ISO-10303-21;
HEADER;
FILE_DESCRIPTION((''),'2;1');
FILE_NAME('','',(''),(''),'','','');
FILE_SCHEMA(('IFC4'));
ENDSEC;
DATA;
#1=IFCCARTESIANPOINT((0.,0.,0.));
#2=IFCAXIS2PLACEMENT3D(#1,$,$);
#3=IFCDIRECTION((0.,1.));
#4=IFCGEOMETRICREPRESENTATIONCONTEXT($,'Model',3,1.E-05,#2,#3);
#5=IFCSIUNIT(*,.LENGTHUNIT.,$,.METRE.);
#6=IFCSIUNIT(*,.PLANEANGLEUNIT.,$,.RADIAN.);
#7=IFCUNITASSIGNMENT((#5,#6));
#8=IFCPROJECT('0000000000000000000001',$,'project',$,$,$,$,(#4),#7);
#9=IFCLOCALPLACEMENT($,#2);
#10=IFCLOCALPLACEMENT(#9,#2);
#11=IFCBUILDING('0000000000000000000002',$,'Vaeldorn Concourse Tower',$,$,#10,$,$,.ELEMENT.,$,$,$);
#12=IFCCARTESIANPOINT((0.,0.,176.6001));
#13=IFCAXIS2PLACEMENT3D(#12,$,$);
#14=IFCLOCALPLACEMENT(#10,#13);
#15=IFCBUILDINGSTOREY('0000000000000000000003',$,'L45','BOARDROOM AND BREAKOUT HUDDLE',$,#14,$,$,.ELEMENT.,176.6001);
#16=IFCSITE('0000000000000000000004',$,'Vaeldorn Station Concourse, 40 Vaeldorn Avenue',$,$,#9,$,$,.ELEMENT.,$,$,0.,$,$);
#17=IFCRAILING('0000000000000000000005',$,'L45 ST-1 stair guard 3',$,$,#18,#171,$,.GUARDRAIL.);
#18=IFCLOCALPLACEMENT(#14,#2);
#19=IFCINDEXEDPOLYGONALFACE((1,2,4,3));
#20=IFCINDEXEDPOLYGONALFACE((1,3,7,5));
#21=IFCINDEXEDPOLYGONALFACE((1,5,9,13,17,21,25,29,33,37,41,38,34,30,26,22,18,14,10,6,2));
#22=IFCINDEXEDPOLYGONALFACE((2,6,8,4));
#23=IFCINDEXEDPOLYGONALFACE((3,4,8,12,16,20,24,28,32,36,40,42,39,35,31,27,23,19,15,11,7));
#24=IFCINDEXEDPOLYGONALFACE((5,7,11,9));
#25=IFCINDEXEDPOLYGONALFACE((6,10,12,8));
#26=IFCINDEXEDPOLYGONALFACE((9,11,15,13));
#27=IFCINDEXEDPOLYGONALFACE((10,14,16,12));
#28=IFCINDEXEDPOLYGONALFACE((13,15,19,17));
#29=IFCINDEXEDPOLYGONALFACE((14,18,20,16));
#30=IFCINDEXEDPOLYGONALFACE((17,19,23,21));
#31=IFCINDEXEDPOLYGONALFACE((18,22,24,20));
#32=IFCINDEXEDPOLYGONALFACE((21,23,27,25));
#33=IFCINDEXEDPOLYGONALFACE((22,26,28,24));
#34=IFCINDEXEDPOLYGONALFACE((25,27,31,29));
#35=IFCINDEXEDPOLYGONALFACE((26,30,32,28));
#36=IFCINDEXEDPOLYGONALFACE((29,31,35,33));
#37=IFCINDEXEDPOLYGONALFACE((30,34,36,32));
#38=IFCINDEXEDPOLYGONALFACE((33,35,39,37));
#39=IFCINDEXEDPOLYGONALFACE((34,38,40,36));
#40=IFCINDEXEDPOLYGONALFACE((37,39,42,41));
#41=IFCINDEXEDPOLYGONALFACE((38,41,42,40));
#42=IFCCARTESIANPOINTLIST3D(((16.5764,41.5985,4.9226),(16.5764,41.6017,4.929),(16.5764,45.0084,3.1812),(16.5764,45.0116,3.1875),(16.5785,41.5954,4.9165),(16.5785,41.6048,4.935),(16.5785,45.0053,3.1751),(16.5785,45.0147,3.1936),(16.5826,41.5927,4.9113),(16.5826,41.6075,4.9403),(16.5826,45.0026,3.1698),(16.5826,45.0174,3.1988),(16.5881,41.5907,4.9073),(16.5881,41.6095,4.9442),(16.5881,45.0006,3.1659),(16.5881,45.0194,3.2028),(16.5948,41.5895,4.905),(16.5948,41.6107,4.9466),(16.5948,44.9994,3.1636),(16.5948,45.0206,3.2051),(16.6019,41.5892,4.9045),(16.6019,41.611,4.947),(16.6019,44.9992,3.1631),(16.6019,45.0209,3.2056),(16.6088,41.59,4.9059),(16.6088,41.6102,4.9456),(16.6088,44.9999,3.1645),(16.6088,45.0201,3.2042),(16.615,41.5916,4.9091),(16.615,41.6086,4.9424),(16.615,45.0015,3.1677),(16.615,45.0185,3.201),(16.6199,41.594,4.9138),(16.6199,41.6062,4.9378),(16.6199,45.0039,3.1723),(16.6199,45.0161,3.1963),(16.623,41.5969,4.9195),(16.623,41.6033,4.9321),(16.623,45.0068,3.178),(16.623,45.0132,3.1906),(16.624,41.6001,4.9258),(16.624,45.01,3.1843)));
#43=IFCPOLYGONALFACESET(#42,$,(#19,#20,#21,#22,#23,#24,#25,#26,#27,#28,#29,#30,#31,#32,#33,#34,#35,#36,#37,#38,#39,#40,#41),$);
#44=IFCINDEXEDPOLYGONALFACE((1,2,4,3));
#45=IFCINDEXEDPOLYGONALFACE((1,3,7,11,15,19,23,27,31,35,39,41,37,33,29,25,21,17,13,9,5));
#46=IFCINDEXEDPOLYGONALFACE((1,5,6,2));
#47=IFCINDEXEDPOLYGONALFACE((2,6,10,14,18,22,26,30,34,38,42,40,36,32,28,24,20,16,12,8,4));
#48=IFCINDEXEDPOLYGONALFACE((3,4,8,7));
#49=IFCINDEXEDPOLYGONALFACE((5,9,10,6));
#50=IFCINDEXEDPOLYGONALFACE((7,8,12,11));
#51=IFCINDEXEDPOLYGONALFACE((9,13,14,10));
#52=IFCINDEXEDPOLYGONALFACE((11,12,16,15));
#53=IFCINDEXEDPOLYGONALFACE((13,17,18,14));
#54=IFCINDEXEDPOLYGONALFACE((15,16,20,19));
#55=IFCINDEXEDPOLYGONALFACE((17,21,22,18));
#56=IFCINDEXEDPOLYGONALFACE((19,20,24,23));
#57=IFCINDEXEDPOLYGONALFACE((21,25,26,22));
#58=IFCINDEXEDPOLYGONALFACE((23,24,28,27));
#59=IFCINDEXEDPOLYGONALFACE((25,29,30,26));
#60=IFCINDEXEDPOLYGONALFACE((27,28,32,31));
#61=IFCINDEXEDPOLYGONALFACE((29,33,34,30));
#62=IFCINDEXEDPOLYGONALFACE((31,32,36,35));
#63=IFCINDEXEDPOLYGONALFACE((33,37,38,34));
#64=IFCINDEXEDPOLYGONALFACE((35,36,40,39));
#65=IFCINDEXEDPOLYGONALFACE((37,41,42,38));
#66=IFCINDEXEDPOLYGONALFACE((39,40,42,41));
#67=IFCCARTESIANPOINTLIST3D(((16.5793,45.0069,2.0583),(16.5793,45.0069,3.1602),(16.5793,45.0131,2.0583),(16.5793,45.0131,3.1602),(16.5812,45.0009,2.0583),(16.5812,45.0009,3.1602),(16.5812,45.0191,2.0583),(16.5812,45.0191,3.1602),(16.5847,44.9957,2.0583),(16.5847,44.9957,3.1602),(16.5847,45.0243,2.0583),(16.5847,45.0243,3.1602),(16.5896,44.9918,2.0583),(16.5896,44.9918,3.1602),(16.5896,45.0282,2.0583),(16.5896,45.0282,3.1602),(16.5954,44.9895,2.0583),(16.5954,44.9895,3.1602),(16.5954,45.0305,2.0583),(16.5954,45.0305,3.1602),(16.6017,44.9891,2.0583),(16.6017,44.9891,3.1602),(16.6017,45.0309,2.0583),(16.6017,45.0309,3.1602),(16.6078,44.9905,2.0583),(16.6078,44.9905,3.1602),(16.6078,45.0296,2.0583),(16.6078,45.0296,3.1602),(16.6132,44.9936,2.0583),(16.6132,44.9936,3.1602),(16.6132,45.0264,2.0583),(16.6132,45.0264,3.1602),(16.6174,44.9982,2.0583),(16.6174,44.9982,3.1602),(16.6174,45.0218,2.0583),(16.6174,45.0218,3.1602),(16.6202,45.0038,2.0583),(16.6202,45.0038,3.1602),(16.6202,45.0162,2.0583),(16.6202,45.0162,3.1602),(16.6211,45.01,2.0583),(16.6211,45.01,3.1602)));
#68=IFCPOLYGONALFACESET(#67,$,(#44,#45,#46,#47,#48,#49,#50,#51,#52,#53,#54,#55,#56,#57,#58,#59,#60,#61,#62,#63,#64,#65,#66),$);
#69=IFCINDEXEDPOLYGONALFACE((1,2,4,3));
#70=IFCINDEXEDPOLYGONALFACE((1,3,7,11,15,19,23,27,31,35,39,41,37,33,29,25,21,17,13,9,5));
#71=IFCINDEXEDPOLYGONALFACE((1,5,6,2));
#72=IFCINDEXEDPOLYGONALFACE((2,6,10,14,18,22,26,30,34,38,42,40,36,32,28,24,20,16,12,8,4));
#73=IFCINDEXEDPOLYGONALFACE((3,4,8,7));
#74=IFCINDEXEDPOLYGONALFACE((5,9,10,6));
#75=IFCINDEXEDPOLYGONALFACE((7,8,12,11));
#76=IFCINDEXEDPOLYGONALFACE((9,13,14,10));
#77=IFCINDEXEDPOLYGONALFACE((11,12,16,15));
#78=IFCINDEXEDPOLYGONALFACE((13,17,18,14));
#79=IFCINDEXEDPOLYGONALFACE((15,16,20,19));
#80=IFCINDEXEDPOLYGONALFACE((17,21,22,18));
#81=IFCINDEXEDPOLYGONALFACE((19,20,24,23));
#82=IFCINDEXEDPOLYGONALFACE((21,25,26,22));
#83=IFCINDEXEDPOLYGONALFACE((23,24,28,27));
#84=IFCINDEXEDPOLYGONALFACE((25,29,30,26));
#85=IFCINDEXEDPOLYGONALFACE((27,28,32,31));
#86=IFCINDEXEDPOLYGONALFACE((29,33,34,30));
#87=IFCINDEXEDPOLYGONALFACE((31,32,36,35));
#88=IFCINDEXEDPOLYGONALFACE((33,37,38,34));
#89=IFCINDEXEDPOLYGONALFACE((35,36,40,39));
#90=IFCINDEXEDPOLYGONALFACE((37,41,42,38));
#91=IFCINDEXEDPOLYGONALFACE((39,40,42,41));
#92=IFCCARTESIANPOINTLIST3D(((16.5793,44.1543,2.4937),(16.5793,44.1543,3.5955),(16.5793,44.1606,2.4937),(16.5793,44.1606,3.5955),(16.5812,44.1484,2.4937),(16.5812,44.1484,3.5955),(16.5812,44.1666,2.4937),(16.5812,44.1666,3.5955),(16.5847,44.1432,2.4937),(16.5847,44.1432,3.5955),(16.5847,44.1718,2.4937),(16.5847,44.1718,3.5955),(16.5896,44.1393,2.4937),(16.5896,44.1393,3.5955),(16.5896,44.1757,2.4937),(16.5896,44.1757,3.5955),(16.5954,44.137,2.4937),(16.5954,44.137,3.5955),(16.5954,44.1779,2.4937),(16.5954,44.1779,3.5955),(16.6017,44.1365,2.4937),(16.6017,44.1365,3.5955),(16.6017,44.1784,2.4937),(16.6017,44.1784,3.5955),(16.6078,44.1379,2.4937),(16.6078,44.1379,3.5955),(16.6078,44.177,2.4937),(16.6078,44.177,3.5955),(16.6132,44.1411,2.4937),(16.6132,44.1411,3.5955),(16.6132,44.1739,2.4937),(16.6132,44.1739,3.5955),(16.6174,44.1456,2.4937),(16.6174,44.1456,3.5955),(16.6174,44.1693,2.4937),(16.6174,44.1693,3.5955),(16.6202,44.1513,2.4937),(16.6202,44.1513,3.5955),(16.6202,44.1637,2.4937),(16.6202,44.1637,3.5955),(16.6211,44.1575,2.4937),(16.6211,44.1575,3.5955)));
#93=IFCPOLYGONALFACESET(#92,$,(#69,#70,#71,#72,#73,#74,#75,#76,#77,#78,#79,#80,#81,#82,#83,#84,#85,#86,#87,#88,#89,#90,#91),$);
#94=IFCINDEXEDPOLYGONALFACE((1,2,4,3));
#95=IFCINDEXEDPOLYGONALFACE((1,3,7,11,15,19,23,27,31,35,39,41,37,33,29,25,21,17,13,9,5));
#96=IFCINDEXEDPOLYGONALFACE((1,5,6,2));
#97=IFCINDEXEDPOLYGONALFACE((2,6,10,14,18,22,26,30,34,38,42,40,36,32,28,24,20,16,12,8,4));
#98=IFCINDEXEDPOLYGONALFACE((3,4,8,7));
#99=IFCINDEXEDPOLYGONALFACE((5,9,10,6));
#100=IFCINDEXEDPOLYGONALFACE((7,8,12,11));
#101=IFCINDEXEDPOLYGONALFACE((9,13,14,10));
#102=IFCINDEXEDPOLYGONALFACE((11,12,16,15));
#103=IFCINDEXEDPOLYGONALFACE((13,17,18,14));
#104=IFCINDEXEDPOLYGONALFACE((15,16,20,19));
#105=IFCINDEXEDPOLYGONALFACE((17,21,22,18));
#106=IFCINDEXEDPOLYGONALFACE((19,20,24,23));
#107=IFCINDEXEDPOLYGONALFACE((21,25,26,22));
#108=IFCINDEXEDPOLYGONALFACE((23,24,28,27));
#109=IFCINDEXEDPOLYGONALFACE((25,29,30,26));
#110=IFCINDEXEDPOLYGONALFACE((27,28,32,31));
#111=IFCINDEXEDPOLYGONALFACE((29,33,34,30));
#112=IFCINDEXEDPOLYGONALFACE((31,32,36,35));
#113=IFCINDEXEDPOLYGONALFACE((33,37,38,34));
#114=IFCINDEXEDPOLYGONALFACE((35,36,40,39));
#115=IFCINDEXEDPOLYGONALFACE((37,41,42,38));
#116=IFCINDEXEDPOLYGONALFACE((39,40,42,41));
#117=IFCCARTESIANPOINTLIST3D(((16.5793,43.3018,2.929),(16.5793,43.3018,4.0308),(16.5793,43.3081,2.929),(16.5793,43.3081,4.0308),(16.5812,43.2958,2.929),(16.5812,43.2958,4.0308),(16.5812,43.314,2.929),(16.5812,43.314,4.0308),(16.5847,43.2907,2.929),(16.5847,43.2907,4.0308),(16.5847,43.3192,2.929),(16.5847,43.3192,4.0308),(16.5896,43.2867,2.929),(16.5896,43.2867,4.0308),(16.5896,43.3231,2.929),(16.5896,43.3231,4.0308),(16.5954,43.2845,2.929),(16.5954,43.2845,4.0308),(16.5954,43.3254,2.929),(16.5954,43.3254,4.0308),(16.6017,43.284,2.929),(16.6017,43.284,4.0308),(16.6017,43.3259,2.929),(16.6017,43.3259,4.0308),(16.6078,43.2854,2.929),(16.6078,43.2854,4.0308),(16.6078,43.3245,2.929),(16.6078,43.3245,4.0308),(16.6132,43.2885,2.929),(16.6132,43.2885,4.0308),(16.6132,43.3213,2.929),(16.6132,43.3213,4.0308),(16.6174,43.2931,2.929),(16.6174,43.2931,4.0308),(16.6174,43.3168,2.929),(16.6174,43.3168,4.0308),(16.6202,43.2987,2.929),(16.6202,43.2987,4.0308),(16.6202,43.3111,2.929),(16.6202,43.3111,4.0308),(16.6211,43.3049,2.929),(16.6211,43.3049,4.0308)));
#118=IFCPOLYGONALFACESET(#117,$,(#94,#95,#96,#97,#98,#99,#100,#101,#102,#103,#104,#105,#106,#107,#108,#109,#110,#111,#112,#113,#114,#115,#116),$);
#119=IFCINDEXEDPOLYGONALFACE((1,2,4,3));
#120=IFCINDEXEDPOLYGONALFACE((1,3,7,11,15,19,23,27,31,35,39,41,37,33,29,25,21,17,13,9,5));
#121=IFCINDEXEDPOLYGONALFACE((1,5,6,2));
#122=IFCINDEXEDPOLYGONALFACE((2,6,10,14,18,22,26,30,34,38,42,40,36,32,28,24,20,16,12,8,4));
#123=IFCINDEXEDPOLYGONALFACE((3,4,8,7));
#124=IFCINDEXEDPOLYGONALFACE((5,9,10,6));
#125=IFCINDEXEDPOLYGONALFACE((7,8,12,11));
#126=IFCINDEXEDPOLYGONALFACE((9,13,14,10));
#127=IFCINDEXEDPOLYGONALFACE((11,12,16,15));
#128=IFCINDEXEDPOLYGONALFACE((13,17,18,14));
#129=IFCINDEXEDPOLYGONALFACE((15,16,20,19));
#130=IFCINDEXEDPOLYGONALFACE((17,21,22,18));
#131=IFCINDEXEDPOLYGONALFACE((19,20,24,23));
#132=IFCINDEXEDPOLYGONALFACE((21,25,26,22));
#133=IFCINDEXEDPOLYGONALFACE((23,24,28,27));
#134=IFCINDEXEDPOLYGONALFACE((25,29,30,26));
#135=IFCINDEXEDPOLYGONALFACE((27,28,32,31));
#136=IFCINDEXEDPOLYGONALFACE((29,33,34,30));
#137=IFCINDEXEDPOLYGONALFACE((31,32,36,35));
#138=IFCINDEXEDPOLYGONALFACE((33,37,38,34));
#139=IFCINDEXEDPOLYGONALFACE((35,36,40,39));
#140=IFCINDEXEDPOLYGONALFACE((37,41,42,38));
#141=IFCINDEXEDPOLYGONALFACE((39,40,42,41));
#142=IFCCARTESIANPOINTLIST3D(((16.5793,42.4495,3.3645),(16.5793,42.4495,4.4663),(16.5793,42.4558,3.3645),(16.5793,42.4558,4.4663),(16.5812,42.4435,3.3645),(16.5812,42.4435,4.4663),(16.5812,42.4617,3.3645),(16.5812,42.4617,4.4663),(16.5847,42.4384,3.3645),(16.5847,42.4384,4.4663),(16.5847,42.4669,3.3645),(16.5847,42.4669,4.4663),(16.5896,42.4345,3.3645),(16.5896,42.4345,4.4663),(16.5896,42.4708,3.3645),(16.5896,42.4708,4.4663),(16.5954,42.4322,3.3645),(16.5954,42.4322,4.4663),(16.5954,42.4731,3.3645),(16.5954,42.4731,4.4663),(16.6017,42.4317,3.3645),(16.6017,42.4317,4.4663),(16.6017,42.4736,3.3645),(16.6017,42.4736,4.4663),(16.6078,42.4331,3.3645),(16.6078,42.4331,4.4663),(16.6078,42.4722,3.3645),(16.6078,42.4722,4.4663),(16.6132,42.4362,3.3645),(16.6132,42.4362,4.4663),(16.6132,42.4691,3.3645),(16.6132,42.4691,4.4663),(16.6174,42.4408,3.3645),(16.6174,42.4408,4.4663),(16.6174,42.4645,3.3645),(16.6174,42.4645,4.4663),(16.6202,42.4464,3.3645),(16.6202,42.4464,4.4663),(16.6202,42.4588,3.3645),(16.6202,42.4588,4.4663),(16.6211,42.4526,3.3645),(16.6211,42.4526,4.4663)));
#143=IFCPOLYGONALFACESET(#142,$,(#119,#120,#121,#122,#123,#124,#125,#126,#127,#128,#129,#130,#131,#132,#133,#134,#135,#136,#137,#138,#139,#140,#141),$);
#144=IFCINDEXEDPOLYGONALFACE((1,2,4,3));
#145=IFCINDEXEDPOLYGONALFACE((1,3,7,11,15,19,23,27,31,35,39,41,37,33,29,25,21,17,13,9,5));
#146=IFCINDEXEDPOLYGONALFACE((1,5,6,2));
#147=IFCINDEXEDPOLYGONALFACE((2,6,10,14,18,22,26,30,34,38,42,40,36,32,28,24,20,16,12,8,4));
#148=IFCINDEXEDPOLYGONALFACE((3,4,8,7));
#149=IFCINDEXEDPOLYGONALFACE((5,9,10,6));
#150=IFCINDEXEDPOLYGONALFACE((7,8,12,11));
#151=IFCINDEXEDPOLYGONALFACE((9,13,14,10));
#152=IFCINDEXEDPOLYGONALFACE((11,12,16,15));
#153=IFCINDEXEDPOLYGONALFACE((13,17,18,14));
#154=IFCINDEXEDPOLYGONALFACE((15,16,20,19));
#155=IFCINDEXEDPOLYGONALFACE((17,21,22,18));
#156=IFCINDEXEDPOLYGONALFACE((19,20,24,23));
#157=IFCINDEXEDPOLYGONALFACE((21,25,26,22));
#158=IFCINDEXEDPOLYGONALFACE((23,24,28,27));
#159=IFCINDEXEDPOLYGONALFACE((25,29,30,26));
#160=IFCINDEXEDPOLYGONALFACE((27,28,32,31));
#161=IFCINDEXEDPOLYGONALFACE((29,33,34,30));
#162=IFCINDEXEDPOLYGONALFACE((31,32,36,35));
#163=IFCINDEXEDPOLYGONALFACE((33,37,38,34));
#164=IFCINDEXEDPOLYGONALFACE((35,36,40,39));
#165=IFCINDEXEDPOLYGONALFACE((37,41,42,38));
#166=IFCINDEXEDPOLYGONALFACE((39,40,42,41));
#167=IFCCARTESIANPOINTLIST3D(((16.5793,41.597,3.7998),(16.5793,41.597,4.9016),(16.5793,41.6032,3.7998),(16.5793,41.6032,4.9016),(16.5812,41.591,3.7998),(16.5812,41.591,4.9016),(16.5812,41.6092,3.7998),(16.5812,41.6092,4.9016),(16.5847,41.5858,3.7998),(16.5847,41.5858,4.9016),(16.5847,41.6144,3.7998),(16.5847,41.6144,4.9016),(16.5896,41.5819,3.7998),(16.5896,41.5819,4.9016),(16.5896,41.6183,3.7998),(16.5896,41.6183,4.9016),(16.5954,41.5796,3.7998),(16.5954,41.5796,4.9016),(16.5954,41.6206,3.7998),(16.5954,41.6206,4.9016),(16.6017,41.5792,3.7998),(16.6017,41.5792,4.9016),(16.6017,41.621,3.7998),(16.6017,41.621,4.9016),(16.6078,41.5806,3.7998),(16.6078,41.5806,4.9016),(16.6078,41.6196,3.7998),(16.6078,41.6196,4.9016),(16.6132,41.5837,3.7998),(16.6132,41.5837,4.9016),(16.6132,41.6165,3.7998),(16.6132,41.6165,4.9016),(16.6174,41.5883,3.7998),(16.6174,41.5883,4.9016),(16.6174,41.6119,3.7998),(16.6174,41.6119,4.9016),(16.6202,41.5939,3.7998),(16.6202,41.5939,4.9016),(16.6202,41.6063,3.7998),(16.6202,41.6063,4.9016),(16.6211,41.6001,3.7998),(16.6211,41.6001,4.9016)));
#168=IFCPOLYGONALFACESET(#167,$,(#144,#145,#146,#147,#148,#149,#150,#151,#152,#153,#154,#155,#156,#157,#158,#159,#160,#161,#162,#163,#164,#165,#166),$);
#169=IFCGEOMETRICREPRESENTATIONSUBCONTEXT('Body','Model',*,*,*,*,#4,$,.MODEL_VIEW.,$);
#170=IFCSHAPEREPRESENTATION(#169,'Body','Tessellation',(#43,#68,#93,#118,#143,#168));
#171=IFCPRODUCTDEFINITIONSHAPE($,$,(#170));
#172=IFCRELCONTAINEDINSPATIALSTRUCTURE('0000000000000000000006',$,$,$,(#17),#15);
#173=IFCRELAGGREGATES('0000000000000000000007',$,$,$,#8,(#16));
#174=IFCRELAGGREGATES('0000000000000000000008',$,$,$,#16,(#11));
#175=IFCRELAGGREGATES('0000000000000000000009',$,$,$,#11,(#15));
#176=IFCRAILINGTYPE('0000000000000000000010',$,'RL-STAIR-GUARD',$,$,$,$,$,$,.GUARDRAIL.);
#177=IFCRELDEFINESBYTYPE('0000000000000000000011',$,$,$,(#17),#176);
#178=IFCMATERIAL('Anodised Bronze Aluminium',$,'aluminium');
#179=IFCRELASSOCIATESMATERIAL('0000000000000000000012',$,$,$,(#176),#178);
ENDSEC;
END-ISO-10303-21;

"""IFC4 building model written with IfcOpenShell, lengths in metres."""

from ifc_helpers import new_model, si_unit, direction, frame, origin, origin_2d, place, context, subcontext, project, spatial, circle, extrude, material, type_object, element, save


model = new_model("IFC4")

# Units and contexts
model_context = context("Model", 3, precision=1e-05, world=origin(), true_north=direction((0.0, 1.0)))
body_context = subcontext(model_context, "Body", "Model", "MODEL_VIEW")
ifc_project = project(units=[si_unit("LENGTHUNIT", "METRE"), si_unit("PLANEANGLEUNIT", "RADIAN")], contexts=[model_context])

# Site, building, storey
site_placement = place(None, origin())
site = spatial("IfcSite", under=ifc_project, at=site_placement, Name="Vaeldorn Station Concourse, 40 Vaeldorn Avenue", CompositionType="ELEMENT", RefElevation=0.0)
building_placement = place(site_placement, origin())
building = spatial("IfcBuilding", under=site, at=building_placement, Name="Vaeldorn Concourse Tower", CompositionType="ELEMENT")
storey_placement = place(building_placement, frame((0.0, 0.0, 176.6001)))
storey = spatial("IfcBuildingStorey", under=building, at=storey_placement, Name="L45", Description="BOARDROOM AND BREAKOUT HUDDLE", CompositionType="ELEMENT", Elevation=176.6001)

# Railing
ifc_material_1 = material(Name="Anodised Bronze Aluminium", Category="aluminium")
railing_type_1 = type_object("IfcRailingType", Name="RL-STAIR-GUARD", PredefinedType="GUARDRAIL", material=ifc_material_1)
railing_1_placement = place(storey_placement, frame((16.6001, 45.01, 2.0583)))
element("IfcRailing", 1, at=railing_1_placement, inside=storey, type_object=railing_type_1, Name="L45 ST-1 stair guard 3", PredefinedType="GUARDRAIL", context=body_context, shape_type="SweptSolid", body=[
    extrude(circle(Radius=0.0239, at=origin_2d()), frame((0.0, 0.0, 1.126), z_axis=(0.0, -0.890582, 0.454823), x_axis=(1.0, 0.0, 0.0)), (0.0, 0.0, 1.0), 3.8289),
    extrude(circle(Radius=0.021, at=origin_2d()), origin(), (0.0, 0.0, 1.0), 1.1018),
    extrude(circle(Radius=0.021, at=origin_2d()), frame((0.0, -0.8525, 0.4353)), (0.0, 0.0, 1.0), 1.1018),
    extrude(circle(Radius=0.021, at=origin_2d()), frame((0.0, -1.7051, 0.8706)), (0.0, 0.0, 1.0), 1.1018),
    extrude(circle(Radius=0.021, at=origin_2d()), frame((0.0, -2.5574, 1.3062)), (0.0, 0.0, 1.0), 1.1018),
    extrude(circle(Radius=0.021, at=origin_2d()), frame((0.0, -3.4099, 1.7415)), (0.0, 0.0, 1.0), 1.1018),
])

save(model, "model.ifc")
